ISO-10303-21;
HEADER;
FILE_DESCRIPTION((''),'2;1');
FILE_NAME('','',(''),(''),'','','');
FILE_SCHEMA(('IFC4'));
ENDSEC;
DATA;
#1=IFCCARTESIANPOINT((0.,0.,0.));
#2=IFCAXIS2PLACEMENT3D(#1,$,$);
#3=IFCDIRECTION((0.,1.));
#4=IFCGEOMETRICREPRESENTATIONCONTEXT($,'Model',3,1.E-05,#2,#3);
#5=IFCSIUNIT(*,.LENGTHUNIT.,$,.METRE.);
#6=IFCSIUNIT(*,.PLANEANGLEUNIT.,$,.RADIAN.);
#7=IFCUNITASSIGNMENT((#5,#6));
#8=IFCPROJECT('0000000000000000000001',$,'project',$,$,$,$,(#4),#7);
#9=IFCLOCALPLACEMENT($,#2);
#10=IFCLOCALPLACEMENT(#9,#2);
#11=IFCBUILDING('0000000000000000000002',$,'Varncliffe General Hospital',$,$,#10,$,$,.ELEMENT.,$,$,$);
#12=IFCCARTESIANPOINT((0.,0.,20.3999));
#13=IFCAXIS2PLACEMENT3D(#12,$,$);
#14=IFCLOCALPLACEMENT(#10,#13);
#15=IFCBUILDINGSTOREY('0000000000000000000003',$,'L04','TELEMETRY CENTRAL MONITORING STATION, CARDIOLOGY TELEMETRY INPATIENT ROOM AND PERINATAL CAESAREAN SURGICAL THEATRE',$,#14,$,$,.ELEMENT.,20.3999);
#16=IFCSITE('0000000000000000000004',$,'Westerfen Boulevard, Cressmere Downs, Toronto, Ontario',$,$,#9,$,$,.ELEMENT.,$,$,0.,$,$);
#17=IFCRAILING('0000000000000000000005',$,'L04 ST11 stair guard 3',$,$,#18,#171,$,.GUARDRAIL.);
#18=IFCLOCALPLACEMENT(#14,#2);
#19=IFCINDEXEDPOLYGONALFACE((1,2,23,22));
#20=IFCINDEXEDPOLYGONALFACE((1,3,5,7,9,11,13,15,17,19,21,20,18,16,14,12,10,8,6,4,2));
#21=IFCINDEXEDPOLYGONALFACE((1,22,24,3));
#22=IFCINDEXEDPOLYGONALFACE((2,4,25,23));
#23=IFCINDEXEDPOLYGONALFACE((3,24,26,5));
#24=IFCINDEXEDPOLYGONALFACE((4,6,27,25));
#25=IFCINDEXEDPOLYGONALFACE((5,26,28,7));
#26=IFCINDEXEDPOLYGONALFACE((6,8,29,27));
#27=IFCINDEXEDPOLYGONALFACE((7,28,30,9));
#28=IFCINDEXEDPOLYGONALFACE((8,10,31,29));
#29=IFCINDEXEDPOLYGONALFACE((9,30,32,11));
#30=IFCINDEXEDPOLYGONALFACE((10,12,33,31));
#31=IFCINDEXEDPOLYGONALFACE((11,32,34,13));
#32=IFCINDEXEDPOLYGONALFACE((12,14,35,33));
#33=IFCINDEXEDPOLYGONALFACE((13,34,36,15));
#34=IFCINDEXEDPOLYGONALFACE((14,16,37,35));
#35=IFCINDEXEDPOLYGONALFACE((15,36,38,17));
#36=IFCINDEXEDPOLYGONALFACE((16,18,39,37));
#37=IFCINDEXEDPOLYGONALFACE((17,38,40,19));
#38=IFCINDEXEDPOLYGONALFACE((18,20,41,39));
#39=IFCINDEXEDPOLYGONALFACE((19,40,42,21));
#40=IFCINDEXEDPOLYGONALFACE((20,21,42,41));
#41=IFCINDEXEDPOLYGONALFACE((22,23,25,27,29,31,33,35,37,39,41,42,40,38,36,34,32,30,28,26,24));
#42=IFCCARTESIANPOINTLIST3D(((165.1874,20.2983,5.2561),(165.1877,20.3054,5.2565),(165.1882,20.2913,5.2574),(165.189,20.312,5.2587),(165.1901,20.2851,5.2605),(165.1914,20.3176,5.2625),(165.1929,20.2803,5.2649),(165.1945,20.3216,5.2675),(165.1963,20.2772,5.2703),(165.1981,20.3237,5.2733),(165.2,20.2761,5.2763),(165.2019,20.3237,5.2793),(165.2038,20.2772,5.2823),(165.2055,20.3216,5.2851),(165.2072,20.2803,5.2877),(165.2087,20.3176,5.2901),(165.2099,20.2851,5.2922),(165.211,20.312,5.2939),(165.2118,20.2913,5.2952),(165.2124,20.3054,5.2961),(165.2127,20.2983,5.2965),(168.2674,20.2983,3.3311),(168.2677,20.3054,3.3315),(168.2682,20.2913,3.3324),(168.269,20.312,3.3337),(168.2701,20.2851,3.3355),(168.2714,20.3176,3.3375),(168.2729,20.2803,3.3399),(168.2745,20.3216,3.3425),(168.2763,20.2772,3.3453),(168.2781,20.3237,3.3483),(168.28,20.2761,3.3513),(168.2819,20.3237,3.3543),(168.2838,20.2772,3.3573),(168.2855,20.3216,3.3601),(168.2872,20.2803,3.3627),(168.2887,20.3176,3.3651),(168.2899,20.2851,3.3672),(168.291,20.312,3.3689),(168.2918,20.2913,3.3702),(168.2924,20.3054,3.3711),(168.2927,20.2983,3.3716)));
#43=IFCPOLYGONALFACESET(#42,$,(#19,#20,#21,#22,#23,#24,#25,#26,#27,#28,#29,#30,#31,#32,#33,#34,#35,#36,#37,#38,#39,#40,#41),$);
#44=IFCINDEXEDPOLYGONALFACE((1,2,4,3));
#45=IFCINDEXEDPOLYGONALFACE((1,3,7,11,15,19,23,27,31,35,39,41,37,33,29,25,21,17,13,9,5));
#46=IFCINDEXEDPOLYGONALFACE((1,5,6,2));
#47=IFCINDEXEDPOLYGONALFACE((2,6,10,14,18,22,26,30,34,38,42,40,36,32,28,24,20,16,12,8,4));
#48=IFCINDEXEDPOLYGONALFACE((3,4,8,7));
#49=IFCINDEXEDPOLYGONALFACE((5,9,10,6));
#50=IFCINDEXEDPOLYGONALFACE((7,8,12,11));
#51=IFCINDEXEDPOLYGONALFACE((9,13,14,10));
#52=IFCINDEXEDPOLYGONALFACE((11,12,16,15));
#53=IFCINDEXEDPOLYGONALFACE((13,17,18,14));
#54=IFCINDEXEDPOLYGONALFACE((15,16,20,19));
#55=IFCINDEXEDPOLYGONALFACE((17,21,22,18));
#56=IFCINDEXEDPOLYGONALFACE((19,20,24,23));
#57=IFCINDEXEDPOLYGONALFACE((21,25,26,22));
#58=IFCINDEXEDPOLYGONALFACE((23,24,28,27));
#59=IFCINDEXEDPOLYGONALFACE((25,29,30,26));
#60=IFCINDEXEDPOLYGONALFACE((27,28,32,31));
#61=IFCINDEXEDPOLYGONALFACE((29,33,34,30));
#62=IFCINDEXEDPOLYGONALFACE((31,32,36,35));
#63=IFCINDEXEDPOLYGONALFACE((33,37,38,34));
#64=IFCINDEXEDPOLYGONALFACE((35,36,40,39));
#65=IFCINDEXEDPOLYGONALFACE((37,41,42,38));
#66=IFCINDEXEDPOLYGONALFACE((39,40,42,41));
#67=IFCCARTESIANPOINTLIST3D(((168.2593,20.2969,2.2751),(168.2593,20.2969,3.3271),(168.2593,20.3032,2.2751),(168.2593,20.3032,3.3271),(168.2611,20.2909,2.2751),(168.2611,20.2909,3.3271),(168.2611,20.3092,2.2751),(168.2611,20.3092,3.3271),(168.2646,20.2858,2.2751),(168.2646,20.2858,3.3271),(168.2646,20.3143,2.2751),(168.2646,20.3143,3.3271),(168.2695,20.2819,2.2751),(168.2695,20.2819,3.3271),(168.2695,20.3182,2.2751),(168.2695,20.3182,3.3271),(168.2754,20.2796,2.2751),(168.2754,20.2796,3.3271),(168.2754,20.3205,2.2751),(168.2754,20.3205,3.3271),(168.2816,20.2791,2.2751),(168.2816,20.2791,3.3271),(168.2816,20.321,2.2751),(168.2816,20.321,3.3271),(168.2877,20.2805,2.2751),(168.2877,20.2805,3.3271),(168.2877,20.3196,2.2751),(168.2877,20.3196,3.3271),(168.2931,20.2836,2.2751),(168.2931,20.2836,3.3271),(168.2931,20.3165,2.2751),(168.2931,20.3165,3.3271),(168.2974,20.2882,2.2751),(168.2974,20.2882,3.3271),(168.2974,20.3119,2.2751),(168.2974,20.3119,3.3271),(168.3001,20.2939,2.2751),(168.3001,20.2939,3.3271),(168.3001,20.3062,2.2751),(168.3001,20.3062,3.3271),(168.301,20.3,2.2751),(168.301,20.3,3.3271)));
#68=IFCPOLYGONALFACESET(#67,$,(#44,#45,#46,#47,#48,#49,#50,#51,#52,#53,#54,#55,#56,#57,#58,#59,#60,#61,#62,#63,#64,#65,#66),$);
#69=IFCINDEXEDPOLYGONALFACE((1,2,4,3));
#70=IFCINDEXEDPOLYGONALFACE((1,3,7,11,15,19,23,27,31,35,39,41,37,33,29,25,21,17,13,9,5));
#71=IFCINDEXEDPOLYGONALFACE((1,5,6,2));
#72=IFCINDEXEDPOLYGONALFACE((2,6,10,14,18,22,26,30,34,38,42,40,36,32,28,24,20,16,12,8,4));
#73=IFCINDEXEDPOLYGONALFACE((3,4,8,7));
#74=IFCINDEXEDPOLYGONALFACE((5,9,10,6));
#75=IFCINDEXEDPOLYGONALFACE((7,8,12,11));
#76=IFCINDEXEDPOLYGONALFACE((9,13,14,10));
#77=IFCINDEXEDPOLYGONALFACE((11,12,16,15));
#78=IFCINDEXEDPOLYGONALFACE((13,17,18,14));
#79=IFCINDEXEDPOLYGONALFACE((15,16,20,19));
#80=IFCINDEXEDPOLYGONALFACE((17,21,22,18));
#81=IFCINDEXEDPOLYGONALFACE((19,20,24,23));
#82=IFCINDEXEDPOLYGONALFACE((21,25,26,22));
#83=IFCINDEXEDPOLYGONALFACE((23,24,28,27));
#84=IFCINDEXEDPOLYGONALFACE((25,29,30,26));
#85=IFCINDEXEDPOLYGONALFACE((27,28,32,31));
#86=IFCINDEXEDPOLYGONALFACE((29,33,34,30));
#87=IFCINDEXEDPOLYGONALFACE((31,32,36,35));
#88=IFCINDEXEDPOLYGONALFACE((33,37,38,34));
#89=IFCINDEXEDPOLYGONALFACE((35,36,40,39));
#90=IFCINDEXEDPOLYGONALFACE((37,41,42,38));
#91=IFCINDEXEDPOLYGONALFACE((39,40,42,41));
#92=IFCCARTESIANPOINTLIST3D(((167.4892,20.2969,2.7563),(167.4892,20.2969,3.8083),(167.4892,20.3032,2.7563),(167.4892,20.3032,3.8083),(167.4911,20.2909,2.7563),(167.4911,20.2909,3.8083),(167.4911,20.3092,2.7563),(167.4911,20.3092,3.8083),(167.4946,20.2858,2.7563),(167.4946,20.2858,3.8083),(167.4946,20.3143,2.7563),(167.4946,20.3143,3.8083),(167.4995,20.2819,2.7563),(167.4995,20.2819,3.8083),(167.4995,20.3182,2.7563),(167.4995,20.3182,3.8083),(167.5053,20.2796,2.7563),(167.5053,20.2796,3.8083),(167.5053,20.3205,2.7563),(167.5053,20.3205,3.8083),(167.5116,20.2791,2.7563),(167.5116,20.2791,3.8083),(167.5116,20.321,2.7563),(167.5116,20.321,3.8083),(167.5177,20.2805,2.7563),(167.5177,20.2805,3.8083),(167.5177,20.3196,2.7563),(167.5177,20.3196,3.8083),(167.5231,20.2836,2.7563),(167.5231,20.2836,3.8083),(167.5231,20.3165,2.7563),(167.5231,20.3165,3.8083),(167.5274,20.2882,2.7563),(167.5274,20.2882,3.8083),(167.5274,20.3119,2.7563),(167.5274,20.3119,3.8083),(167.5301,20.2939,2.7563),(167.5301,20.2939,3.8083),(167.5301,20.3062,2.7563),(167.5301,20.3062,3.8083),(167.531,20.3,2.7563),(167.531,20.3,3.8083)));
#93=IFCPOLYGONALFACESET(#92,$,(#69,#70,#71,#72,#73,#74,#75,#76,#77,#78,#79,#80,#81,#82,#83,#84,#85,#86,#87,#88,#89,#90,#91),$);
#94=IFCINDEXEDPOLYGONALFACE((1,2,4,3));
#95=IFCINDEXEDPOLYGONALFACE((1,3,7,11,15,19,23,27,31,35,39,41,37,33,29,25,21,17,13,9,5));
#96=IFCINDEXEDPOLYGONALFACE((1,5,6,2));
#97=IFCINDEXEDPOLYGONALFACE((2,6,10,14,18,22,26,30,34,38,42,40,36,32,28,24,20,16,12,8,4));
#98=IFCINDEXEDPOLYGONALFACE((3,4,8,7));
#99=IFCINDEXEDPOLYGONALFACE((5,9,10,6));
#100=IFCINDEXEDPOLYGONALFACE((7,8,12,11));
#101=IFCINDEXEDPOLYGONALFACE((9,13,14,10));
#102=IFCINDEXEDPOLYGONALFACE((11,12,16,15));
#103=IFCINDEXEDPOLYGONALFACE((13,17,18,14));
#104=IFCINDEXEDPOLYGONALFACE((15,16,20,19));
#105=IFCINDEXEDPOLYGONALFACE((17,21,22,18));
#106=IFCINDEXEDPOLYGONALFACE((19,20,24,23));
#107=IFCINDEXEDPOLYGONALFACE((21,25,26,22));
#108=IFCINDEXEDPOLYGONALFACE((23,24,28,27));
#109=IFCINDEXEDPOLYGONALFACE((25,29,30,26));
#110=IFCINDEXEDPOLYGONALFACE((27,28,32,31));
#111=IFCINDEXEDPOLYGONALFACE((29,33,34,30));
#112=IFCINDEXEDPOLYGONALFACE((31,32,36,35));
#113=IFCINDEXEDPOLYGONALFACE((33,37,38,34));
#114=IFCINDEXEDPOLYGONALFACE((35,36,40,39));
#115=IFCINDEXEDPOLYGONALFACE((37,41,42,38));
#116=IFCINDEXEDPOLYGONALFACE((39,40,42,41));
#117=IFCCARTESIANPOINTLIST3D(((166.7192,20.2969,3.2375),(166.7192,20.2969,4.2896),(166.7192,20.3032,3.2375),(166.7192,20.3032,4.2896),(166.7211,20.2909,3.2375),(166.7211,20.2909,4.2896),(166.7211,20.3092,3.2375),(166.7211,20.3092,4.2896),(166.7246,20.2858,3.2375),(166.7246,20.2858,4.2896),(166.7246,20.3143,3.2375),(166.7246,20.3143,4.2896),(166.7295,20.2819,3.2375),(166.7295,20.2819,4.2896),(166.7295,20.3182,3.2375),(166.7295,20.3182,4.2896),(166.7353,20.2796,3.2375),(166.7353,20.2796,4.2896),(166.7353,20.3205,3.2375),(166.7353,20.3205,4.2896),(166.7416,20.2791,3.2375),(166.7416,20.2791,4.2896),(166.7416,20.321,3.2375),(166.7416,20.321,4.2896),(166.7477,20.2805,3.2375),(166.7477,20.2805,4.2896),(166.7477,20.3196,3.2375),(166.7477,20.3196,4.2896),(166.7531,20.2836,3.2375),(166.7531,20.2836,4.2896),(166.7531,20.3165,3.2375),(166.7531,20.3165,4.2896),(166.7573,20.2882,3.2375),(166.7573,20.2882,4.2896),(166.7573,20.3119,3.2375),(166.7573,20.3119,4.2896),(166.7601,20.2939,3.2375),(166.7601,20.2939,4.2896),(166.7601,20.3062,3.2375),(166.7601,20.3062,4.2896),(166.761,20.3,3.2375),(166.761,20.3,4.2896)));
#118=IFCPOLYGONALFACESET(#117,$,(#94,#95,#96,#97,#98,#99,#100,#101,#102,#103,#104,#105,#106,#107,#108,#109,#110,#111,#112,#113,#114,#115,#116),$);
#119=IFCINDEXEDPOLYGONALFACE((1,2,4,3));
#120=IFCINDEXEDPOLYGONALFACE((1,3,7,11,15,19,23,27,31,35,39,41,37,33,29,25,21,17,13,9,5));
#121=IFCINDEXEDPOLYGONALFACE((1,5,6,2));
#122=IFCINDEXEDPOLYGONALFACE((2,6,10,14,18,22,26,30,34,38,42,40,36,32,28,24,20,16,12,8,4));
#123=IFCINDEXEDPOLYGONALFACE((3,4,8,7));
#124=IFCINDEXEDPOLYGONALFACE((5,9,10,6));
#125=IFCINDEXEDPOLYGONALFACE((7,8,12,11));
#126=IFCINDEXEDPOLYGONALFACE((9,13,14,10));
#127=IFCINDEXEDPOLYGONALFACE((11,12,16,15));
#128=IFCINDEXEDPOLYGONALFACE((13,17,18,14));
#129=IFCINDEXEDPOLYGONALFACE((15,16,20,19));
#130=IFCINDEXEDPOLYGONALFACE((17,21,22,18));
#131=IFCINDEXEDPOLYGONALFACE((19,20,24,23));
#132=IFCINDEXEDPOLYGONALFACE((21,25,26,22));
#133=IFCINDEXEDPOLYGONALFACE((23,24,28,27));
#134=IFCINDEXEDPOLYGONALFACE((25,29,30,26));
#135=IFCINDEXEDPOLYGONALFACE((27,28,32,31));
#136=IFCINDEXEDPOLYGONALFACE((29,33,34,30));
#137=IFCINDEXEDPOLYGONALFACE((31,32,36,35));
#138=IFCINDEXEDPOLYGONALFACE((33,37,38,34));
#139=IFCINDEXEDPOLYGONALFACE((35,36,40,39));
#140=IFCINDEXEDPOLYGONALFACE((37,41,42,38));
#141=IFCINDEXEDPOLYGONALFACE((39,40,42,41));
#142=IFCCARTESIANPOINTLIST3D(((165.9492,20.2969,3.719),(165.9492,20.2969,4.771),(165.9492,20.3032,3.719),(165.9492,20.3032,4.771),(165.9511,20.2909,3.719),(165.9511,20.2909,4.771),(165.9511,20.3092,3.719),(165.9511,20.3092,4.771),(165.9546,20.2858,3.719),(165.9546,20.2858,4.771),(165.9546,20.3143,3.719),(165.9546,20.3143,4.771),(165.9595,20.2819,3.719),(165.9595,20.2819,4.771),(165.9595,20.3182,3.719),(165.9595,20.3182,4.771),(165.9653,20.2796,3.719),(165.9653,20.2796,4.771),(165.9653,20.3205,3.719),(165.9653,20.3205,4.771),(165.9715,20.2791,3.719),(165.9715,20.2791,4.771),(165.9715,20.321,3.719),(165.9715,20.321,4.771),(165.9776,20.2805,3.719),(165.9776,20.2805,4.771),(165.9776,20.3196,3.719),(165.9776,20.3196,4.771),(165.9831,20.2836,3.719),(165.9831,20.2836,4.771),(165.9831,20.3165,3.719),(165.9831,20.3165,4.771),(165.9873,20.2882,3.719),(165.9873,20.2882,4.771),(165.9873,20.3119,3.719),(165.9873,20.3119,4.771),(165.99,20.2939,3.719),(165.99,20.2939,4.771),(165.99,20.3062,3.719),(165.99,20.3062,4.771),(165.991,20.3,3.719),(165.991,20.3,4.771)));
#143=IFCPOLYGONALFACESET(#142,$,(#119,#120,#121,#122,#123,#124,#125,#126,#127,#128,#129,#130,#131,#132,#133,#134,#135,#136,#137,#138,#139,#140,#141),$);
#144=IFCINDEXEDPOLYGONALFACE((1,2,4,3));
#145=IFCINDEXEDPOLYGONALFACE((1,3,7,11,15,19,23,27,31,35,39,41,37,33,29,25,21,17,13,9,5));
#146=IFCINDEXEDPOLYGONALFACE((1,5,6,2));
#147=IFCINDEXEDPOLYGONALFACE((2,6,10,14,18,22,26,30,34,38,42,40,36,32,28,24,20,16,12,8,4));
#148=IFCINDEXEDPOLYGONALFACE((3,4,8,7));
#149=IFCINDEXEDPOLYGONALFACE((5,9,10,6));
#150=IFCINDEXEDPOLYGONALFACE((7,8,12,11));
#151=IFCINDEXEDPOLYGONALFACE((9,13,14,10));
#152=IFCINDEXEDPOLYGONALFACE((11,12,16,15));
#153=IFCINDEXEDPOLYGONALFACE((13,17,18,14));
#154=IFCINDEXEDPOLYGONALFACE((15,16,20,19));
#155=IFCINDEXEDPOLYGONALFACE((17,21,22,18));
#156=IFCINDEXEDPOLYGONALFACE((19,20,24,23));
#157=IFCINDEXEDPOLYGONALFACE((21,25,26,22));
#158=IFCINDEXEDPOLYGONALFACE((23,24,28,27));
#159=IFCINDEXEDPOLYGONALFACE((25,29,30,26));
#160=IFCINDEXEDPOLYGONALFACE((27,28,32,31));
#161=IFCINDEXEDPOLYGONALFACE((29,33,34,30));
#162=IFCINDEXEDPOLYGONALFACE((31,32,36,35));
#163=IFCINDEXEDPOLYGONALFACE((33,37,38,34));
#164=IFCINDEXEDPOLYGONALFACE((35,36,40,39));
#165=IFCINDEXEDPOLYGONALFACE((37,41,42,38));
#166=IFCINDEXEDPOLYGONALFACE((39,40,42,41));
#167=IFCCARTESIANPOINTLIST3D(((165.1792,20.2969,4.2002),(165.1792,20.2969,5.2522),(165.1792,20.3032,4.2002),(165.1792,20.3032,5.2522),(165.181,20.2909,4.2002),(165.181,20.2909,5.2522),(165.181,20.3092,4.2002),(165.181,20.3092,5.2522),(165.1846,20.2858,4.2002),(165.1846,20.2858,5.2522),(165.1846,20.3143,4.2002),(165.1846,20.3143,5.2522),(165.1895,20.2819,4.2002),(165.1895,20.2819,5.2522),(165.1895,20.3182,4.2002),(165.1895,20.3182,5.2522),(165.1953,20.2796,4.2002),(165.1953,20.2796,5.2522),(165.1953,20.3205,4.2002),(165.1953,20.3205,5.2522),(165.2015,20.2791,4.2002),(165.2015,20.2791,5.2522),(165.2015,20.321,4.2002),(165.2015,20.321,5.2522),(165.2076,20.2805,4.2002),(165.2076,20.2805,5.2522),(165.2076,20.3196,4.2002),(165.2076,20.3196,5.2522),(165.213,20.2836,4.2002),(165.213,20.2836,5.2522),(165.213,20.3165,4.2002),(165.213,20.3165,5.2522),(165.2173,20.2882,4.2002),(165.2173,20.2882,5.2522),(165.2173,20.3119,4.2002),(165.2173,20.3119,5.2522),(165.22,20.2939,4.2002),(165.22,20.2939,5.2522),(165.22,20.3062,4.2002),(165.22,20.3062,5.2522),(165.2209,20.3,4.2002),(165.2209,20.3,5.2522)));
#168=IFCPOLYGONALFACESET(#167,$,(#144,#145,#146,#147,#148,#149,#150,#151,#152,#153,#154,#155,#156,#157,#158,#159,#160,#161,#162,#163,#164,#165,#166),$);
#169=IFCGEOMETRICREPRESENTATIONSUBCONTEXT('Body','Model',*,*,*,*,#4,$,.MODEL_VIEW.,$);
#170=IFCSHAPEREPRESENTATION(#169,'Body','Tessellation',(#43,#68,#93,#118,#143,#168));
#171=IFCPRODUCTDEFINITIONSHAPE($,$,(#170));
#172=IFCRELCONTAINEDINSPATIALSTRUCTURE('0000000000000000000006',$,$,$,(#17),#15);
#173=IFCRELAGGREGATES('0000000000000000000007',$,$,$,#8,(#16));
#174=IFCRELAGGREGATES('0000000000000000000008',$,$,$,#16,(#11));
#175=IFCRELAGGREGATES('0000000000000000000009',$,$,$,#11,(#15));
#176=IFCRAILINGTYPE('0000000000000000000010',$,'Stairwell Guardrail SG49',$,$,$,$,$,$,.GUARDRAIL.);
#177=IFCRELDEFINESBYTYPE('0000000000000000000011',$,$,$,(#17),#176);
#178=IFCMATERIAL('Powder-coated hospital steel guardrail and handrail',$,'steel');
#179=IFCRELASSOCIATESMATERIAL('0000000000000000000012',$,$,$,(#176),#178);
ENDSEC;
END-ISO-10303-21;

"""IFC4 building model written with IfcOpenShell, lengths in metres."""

from ifc_helpers import new_model, si_unit, direction, frame, origin, origin_2d, place, context, subcontext, project, spatial, circle, extrude, material, type_object, element, save


model = new_model("IFC4")

# Units and contexts
model_context = context("Model", 3, precision=1e-05, world=origin(), true_north=direction((0.0, 1.0)))
body_context = subcontext(model_context, "Body", "Model", "MODEL_VIEW")
ifc_project = project(units=[si_unit("LENGTHUNIT", "METRE"), si_unit("PLANEANGLEUNIT", "RADIAN")], contexts=[model_context])

# Site, building, storey
site_placement = place(None, origin())
site = spatial("IfcSite", under=ifc_project, at=site_placement, Name="Westerfen Boulevard, Cressmere Downs, Toronto, Ontario", CompositionType="ELEMENT", RefElevation=0.0)
building_placement = place(site_placement, origin())
building = spatial("IfcBuilding", under=site, at=building_placement, Name="Varncliffe General Hospital", CompositionType="ELEMENT")
storey_placement = place(building_placement, frame((0.0, 0.0, 20.3999)))
storey = spatial("IfcBuildingStorey", under=building, at=storey_placement, Name="L04", Description="TELEMETRY CENTRAL MONITORING STATION, CARDIOLOGY TELEMETRY INPATIENT ROOM AND PERINATAL CAESAREAN SURGICAL THEATRE", CompositionType="ELEMENT", Elevation=20.3999)

# Railing
ifc_material_1 = material(Name="Powder-coated hospital steel guardrail and handrail", Category="steel")
railing_type_1 = type_object("IfcRailingType", Name="Stairwell Guardrail SG49", PredefinedType="GUARDRAIL", material=ifc_material_1)
railing_1_placement = place(storey_placement, frame((168.28, 20.3, 2.2751)))
element("IfcRailing", 1, at=railing_1_placement, inside=storey, type_object=railing_type_1, Name="L04 ST11 stair guard 3", PredefinedType="GUARDRAIL", context=body_context, shape_type="SweptSolid", body=[
    extrude(circle(Radius=0.0239, at=origin_2d()), frame((0.0, 0.0, 1.0762), z_axis=(-0.847998, 0.0, 0.529999), x_axis=(0.0, -1.0, 0.0)), (0.0, 0.0, 1.0), 3.6321),
    extrude(circle(Radius=0.021, at=origin_2d()), origin(), (0.0, 0.0, 1.0), 1.052),
    extrude(circle(Radius=0.021, at=origin_2d()), frame((-0.77, 0.0, 0.4812)), (0.0, 0.0, 1.0), 1.052),
    extrude(circle(Radius=0.021, at=origin_2d()), frame((-1.54, 0.0, 0.9624)), (0.0, 0.0, 1.0), 1.052),
    extrude(circle(Radius=0.021, at=origin_2d()), frame((-2.3101, 0.0, 1.4438)), (0.0, 0.0, 1.0), 1.052),
    extrude(circle(Radius=0.021, at=origin_2d()), frame((-3.0801, 0.0, 1.925)), (0.0, 0.0, 1.0), 1.052),
])

save(model, "model.ifc")
